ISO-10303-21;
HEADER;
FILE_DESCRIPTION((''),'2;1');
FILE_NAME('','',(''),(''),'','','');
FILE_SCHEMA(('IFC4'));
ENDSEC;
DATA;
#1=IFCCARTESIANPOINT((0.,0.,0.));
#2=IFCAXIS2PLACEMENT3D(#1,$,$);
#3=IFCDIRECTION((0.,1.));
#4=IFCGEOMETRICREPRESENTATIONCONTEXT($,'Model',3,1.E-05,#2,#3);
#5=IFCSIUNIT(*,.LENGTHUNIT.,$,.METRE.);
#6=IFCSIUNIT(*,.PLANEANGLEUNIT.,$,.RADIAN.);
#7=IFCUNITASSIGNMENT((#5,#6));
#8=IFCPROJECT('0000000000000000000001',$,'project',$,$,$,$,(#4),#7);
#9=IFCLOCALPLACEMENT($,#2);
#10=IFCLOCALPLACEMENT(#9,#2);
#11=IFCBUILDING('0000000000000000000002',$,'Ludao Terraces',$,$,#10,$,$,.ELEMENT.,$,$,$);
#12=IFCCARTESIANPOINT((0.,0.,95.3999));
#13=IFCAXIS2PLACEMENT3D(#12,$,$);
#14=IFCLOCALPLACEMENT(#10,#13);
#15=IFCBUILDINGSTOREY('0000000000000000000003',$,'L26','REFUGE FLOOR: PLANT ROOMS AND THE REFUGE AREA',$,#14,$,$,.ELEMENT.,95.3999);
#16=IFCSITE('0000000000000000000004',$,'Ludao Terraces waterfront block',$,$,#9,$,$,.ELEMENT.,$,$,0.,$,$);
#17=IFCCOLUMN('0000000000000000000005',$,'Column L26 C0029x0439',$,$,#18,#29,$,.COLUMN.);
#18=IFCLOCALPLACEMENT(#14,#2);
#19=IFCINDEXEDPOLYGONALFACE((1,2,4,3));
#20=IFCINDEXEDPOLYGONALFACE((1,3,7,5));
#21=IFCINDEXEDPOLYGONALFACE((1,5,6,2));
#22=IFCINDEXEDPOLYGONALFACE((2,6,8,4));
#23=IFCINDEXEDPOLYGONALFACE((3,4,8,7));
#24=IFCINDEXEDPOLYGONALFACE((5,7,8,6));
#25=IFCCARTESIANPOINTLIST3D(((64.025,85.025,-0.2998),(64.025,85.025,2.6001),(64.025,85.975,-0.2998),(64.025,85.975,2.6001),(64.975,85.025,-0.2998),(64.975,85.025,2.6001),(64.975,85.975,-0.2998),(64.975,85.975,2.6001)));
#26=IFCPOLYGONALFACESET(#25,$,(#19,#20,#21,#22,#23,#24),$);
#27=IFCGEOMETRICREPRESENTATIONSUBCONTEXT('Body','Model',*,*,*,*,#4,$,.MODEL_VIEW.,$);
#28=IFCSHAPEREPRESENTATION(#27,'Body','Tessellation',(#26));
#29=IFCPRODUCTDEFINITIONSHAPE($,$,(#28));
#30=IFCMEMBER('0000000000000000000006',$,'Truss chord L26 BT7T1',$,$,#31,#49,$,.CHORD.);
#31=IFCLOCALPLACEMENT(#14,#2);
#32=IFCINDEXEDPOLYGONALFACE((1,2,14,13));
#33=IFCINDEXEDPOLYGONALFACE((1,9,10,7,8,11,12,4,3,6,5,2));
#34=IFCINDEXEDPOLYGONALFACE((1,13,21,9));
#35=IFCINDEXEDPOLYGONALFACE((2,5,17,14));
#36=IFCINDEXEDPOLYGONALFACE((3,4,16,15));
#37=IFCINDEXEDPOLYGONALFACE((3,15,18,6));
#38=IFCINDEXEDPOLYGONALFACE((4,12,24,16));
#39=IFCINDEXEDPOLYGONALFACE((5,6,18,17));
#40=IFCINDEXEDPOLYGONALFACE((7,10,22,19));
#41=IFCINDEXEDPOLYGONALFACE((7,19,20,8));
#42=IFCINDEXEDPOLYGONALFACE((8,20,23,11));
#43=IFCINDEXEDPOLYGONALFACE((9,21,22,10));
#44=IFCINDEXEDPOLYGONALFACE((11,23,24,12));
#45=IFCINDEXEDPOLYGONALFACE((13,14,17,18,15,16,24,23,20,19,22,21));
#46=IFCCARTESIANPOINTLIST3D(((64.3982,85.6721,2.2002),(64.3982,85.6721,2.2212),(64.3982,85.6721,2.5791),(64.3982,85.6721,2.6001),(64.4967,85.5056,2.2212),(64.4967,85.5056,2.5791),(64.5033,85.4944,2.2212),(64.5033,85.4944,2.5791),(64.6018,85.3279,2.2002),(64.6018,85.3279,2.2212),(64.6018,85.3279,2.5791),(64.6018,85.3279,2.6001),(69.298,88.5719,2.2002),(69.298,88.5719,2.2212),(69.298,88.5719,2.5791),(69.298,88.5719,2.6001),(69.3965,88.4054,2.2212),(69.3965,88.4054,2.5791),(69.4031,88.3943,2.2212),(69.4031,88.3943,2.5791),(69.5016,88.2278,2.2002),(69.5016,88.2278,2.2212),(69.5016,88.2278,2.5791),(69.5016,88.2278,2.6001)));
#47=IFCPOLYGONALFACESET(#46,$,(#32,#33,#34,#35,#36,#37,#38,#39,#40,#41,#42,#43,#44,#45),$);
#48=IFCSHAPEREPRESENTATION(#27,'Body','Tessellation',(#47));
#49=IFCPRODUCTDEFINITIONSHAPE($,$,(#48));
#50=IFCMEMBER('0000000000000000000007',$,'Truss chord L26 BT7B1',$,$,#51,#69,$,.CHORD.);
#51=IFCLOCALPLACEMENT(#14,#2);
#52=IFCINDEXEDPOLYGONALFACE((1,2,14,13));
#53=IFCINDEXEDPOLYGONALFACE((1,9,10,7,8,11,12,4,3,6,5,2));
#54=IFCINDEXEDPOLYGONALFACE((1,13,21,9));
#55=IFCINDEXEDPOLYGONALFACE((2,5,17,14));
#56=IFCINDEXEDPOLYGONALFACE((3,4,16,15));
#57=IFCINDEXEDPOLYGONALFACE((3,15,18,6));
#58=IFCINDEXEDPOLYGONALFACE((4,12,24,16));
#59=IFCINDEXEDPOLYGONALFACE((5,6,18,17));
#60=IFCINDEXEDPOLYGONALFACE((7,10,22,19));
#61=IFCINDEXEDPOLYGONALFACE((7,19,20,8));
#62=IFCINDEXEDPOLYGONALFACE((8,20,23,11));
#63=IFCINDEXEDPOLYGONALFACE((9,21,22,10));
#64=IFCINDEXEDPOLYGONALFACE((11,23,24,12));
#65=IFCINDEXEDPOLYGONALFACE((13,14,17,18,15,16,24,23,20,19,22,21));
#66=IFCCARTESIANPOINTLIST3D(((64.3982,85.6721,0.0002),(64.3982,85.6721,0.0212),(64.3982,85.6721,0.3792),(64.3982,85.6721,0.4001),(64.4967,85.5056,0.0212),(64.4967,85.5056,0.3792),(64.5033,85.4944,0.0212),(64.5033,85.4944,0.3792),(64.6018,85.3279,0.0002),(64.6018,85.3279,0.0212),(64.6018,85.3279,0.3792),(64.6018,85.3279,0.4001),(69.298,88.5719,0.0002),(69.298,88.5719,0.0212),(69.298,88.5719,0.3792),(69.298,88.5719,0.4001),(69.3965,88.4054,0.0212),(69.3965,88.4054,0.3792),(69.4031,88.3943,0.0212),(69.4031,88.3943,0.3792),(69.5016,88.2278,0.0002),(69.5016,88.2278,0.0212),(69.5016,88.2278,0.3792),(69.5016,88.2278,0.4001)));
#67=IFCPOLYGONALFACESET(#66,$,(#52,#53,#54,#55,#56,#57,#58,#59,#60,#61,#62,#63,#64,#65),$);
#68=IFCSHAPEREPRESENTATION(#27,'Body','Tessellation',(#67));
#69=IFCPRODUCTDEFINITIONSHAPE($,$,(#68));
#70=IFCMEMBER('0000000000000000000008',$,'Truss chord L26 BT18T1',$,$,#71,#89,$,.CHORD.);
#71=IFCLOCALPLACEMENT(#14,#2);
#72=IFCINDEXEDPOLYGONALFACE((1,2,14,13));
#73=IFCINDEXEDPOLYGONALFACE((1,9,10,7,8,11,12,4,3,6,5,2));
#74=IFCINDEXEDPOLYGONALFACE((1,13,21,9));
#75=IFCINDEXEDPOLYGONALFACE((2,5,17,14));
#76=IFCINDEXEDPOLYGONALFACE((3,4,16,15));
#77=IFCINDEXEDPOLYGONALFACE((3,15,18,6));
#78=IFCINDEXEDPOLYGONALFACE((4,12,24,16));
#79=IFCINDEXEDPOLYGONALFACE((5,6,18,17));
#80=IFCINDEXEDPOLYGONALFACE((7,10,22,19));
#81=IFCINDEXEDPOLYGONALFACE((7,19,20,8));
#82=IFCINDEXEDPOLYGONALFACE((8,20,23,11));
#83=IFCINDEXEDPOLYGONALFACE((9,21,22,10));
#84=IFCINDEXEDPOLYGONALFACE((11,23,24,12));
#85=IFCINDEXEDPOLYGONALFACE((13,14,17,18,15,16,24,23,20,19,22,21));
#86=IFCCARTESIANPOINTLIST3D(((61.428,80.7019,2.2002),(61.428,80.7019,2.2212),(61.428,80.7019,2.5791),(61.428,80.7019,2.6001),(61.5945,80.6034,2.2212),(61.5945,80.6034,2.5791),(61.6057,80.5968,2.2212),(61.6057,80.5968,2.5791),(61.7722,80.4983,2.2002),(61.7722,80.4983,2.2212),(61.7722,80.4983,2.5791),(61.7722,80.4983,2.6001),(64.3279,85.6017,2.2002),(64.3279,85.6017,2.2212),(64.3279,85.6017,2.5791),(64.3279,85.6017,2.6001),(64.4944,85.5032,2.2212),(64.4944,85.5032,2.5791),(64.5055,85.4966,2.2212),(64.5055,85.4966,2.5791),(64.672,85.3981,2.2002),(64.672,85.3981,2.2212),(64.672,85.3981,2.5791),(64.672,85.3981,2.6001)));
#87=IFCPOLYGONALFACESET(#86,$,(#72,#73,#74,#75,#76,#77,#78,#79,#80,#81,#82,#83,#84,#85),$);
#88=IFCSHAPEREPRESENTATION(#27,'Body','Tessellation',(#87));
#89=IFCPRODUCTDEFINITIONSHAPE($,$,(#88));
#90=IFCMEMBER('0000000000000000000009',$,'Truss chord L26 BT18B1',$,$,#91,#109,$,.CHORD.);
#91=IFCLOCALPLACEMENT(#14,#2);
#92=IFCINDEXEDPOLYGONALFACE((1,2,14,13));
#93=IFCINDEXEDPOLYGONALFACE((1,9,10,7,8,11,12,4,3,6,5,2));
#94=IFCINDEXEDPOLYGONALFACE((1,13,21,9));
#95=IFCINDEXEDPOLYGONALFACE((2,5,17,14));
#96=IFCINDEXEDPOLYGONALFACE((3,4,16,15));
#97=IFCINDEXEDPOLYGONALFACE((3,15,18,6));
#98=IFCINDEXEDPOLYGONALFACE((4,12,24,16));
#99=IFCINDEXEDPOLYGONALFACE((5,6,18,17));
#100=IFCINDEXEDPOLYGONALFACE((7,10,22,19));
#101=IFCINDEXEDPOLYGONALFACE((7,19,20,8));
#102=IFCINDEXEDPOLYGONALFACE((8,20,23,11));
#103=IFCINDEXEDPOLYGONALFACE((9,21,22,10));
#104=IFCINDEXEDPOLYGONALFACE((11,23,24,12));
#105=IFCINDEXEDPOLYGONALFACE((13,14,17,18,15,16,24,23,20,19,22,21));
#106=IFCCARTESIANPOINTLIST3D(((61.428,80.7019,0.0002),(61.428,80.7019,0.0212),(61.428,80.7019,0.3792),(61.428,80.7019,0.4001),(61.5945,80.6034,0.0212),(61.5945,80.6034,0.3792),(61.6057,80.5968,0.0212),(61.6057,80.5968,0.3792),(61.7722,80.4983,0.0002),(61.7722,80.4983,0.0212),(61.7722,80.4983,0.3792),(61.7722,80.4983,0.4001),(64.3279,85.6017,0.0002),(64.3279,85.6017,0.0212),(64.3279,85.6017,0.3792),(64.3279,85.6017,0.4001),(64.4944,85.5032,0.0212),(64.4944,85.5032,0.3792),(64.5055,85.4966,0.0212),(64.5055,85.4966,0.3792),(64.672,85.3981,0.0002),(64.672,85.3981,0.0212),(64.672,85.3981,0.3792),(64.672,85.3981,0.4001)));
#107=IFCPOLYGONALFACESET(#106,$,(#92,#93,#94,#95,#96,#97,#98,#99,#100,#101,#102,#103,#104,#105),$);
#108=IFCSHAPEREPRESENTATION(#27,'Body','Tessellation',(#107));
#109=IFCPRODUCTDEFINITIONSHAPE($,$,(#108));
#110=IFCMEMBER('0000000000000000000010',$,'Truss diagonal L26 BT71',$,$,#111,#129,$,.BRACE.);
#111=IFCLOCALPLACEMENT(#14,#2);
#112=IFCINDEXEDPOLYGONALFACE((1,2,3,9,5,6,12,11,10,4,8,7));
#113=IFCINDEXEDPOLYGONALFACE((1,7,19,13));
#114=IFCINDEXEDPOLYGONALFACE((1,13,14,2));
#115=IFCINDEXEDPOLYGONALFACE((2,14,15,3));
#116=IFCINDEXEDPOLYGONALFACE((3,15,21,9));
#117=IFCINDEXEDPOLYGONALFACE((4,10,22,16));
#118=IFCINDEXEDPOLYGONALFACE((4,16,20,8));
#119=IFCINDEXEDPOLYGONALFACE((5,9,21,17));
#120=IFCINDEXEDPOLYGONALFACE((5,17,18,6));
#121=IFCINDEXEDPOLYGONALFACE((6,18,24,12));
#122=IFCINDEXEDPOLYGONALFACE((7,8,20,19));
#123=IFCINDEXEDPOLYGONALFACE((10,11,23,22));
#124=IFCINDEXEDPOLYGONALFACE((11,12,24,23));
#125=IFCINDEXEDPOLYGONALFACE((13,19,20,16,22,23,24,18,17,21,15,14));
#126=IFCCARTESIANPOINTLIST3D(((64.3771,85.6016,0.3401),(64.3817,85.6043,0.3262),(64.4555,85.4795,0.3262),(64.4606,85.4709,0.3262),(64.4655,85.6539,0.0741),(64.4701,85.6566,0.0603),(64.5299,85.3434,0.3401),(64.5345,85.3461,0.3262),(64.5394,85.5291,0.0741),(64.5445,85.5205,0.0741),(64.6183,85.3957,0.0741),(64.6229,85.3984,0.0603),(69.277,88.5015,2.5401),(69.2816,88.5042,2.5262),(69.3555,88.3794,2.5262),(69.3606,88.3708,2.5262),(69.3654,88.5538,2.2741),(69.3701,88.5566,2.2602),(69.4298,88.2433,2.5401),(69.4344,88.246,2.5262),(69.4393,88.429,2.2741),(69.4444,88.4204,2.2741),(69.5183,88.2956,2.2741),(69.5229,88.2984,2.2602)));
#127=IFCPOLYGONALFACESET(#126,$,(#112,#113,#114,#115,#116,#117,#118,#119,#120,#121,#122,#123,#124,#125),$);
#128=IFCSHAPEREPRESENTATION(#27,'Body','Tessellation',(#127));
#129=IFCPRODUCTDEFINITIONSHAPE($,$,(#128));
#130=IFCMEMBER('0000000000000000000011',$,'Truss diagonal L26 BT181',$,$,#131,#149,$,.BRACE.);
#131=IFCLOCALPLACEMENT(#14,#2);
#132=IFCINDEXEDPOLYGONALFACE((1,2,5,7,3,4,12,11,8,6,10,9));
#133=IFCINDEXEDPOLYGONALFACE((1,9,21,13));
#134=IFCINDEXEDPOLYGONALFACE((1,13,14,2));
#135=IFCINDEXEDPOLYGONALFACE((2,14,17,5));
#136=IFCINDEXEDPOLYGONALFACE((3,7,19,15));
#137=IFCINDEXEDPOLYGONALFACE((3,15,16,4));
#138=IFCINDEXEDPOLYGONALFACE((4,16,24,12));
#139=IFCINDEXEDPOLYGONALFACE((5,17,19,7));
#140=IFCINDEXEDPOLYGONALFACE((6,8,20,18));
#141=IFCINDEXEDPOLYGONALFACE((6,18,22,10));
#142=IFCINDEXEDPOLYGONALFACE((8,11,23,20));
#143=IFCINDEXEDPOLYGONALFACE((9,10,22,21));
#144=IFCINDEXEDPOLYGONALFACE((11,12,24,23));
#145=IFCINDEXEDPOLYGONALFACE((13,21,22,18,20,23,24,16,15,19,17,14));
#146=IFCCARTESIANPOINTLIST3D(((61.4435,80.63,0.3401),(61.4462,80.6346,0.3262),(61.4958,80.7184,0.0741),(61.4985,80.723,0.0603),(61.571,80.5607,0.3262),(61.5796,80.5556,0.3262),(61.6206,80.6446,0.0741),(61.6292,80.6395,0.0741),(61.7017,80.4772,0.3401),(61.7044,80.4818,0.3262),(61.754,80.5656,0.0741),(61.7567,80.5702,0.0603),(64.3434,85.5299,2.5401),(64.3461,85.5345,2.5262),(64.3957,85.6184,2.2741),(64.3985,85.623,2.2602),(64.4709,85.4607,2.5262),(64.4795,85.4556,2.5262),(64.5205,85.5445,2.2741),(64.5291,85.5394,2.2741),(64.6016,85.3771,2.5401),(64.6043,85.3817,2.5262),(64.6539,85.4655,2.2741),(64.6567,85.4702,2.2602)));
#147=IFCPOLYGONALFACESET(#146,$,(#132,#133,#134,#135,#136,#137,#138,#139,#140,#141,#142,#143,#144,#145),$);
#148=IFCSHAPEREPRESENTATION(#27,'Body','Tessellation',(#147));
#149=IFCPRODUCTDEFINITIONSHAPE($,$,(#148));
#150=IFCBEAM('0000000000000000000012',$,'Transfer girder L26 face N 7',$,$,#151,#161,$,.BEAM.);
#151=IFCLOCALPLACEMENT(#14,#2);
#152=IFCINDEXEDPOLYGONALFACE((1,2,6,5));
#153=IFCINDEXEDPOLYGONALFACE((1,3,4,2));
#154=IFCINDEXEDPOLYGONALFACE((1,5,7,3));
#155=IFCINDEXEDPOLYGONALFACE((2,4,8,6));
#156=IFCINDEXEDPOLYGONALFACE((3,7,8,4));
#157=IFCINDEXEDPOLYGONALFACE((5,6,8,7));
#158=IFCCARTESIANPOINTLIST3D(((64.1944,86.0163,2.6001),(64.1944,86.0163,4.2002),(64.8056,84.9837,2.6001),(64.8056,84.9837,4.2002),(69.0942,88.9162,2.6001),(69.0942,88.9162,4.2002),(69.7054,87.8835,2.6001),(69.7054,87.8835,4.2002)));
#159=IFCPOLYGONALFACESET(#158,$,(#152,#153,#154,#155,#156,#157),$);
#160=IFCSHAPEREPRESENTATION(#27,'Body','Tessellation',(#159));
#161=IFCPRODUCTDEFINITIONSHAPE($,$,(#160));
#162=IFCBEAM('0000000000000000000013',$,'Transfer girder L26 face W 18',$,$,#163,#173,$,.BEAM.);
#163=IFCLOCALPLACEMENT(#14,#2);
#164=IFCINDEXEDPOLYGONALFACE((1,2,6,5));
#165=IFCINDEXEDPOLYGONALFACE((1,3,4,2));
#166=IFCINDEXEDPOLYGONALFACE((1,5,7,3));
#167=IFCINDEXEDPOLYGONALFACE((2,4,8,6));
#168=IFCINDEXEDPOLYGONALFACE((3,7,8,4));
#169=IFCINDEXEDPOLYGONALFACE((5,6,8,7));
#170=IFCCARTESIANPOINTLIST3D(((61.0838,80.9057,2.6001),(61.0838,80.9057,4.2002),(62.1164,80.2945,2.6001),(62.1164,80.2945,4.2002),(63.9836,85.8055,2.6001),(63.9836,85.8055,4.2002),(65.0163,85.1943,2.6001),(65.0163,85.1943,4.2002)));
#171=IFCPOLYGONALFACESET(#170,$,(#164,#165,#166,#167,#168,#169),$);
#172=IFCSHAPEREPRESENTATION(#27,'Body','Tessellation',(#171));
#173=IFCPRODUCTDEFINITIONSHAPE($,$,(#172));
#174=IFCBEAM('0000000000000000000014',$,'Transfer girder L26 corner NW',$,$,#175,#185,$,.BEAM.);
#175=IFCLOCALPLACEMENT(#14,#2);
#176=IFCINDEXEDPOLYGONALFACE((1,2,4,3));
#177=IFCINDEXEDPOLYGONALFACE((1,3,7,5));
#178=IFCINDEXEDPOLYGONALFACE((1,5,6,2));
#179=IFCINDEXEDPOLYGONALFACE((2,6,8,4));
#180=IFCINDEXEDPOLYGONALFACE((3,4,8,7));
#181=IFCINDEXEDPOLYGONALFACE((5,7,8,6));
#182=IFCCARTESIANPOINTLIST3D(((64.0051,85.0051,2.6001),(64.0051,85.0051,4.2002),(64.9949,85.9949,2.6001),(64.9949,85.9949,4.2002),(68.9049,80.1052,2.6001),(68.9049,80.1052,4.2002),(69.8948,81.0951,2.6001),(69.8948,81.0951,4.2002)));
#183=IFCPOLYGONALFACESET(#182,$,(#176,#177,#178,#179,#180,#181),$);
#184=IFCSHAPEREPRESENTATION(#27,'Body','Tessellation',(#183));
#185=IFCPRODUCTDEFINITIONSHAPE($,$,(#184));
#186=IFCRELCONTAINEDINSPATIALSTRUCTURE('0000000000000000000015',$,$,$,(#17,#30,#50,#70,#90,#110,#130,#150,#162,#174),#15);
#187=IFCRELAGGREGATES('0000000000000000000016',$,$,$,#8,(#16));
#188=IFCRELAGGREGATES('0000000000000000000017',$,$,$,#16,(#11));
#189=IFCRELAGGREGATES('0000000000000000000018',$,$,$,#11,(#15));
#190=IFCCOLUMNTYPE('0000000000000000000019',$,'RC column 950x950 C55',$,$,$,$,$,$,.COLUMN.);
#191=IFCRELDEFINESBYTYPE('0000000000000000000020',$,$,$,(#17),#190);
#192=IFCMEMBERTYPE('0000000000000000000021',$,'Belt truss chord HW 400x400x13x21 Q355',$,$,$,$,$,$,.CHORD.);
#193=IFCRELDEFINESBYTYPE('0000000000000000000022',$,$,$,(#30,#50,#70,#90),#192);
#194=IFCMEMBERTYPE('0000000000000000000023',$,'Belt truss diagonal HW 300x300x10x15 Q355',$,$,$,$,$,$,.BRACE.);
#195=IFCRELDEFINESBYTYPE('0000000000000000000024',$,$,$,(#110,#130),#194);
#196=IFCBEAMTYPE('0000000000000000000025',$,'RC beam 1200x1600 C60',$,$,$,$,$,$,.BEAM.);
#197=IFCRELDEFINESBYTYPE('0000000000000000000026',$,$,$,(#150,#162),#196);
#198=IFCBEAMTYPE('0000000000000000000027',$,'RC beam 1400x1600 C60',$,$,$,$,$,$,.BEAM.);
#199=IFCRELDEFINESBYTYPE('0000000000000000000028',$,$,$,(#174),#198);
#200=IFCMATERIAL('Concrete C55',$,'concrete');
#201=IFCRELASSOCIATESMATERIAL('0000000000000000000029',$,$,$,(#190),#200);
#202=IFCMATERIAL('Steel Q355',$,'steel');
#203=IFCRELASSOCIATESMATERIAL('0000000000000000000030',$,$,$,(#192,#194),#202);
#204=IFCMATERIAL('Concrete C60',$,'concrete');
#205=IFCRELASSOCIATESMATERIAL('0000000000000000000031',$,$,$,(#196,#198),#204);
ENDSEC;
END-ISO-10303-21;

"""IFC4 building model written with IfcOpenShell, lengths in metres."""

from ifc_helpers import new_model, si_unit, direction, frame, origin, origin_2d, place, context, subcontext, project, spatial, rectangle, i_section, extrude, material, material_profile, profile_set, type_object, element, save


model = new_model("IFC4")

# Units and contexts
model_context = context("Model", 3, precision=1e-05, world=origin(), true_north=direction((0.0, 1.0)))
body_context = subcontext(model_context, "Body", "Model", "MODEL_VIEW")
ifc_project = project(units=[si_unit("LENGTHUNIT", "METRE"), si_unit("PLANEANGLEUNIT", "RADIAN")], contexts=[model_context])

# Site, building, storey
site_placement = place(None, origin())
site = spatial("IfcSite", under=ifc_project, at=site_placement, Name="Ludao Terraces waterfront block", CompositionType="ELEMENT", RefElevation=0.0)
building_placement = place(site_placement, origin())
building = spatial("IfcBuilding", under=site, at=building_placement, Name="Ludao Terraces", CompositionType="ELEMENT")
storey_placement = place(building_placement, frame((0.0, 0.0, 95.3999)))
storey = spatial("IfcBuildingStorey", under=building, at=storey_placement, Name="L26", Description="REFUGE FLOOR: PLANT ROOMS AND THE REFUGE AREA", CompositionType="ELEMENT", Elevation=95.3999)

# Column
ifc_material_1 = material(Name="Concrete C55", Category="concrete")
ifc_material_profile_1 = material_profile(ifc_material_1, rectangle(XDim=0.95, YDim=0.95, at=origin_2d()), Name="950 X 950")
ifc_profile_set_1 = profile_set([ifc_material_profile_1], Name="Concrete C55")
column_type = type_object("IfcColumnType", Name="RC column 950x950 C55", PredefinedType="COLUMN", material=ifc_profile_set_1)
column_placement = place(storey_placement, frame((64.5, 85.5, -0.2998), z_axis=(0.0, 0.0, 1.0), x_axis=(1.0, 0.0, 0.0)))
element("IfcColumn", 1, at=column_placement, inside=storey, type_object=column_type, Name="Column L26 C0029x0439", PredefinedType="COLUMN", context=body_context, shape_type="SweptSolid", body=[
    extrude(rectangle(XDim=0.95, YDim=0.95, at=origin_2d()), origin(), (0.0, 0.0, 1.0), 2.8999),
])

# Members
ifc_material_2 = material(Name="Steel Q355", Category="steel")
ifc_material_profile_2 = material_profile(ifc_material_2, i_section(OverallWidth=0.3999, OverallDepth=0.3999, WebThickness=0.0129, FlangeThickness=0.021, at=origin_2d()), Name="HW 400X400X13X21")
ifc_profile_set_2 = profile_set([ifc_material_profile_2], Name="Steel Q355")
member_type_1 = type_object("IfcMemberType", Name="Belt truss chord HW 400x400x13x21 Q355", PredefinedType="CHORD", material=ifc_profile_set_2)
for number, where, z_axis, x_axis, name in (
    (2, (64.5, 85.5, 2.4001), (0.86058, 0.509316, 0.0), (-0.509316, 0.86058, 0.0), "Truss chord L26 BT7T1"),
    (3, (64.5, 85.5, 0.2002), (0.86058, 0.509316, 0.0), (-0.509316, 0.86058, 0.0), "Truss chord L26 BT7B1"),
    (4, (61.6001, 80.6001, 2.4001), (0.509316, 0.86058, 0.0), (-0.86058, 0.509316, 0.0), "Truss chord L26 BT18T1"),
    (5, (61.6001, 80.6001, 0.2002), (0.509316, 0.86058, 0.0), (-0.86058, 0.509316, 0.0), "Truss chord L26 BT18B1"),
):
    element("IfcMember", number, at=place(storey_placement, frame(where, z_axis=z_axis, x_axis=x_axis)), inside=storey, type_object=member_type_1, Name=name, PredefinedType="CHORD", context=body_context, shape_type="SweptSolid", body=[
        extrude(i_section(OverallWidth=0.3999, OverallDepth=0.3999, WebThickness=0.0129, FlangeThickness=0.021, at=origin_2d()), origin(), (0.0, 0.0, 1.0), 5.6936),
    ])
ifc_material_profile_3 = material_profile(ifc_material_2, i_section(OverallWidth=0.3, OverallDepth=0.3, WebThickness=0.01, FlangeThickness=0.0149, at=origin_2d()), Name="HW 300X300X10X15")
ifc_profile_set_3 = profile_set([ifc_material_profile_3], Name="Steel Q355")
member_type_2 = type_object("IfcMemberType", Name="Belt truss diagonal HW 300x300x10x15 Q355", PredefinedType="BRACE", material=ifc_profile_set_3)
for number, where, z_axis, x_axis, name in (
    (6, (64.5, 85.5, 0.2002), (0.802742, 0.475086, 0.360414), (-0.509316, 0.86058, 0.0), "Truss diagonal L26 BT71"),
    (7, (61.6001, 80.6001, 0.2002), (0.475086, 0.802742, 0.360414), (-0.86058, 0.509316, 0.0), "Truss diagonal L26 BT181"),
):
    element("IfcMember", number, at=place(storey_placement, frame(where, z_axis=z_axis, x_axis=x_axis)), inside=storey, type_object=member_type_2, Name=name, PredefinedType="BRACE", context=body_context, shape_type="SweptSolid", body=[
        extrude(i_section(OverallWidth=0.3, OverallDepth=0.3, WebThickness=0.01, FlangeThickness=0.0149, at=origin_2d()), origin(), (0.0, 0.0, 1.0), 6.104),
    ])

# Beams
ifc_material_3 = material(Name="Concrete C60", Category="concrete")
ifc_material_profile_4 = material_profile(ifc_material_3, rectangle(XDim=1.2, YDim=1.6001, at=origin_2d()), Name="1200 X 1600")
ifc_profile_set_4 = profile_set([ifc_material_profile_4], Name="Concrete C60")
beam_type_1 = type_object("IfcBeamType", Name="RC beam 1200x1600 C60", PredefinedType="BEAM", material=ifc_profile_set_4)
for number, where, z_axis, x_axis, name in (
    (8, (64.5, 85.5, 3.4001), (0.86058, 0.509316, 0.0), (-0.509316, 0.86058, 0.0), "Transfer girder L26 face N 7"),
    (9, (61.6001, 80.6001, 3.4001), (0.509316, 0.86058, 0.0), (-0.86058, 0.509316, 0.0), "Transfer girder L26 face W 18"),
):
    element("IfcBeam", number, at=place(storey_placement, frame(where, z_axis=z_axis, x_axis=x_axis)), inside=storey, type_object=beam_type_1, Name=name, PredefinedType="BEAM", context=body_context, shape_type="SweptSolid", body=[
        extrude(rectangle(XDim=1.2, YDim=1.6001, at=origin_2d()), origin(), (0.0, 0.0, 1.0), 5.6936),
    ])
ifc_material_profile_5 = material_profile(ifc_material_3, rectangle(XDim=1.3999, YDim=1.6001, at=origin_2d()), Name="1400 X 1600")
ifc_profile_set_5 = profile_set([ifc_material_profile_5], Name="Concrete C60")
beam_type_2 = type_object("IfcBeamType", Name="RC beam 1400x1600 C60", PredefinedType="BEAM", material=ifc_profile_set_5)
beam_placement = place(storey_placement, frame((64.5, 85.5, 3.4001), z_axis=(0.707107, -0.707107, 0.0), x_axis=(0.707107, 0.707107, 0.0)))
element("IfcBeam", 10, at=beam_placement, inside=storey, type_object=beam_type_2, Name="Transfer girder L26 corner NW", PredefinedType="BEAM", context=body_context, shape_type="SweptSolid", body=[
    extrude(rectangle(XDim=1.3999, YDim=1.6001, at=origin_2d()), origin(), (0.0, 0.0, 1.0), 6.9294),
])

save(model, "model.ifc")
